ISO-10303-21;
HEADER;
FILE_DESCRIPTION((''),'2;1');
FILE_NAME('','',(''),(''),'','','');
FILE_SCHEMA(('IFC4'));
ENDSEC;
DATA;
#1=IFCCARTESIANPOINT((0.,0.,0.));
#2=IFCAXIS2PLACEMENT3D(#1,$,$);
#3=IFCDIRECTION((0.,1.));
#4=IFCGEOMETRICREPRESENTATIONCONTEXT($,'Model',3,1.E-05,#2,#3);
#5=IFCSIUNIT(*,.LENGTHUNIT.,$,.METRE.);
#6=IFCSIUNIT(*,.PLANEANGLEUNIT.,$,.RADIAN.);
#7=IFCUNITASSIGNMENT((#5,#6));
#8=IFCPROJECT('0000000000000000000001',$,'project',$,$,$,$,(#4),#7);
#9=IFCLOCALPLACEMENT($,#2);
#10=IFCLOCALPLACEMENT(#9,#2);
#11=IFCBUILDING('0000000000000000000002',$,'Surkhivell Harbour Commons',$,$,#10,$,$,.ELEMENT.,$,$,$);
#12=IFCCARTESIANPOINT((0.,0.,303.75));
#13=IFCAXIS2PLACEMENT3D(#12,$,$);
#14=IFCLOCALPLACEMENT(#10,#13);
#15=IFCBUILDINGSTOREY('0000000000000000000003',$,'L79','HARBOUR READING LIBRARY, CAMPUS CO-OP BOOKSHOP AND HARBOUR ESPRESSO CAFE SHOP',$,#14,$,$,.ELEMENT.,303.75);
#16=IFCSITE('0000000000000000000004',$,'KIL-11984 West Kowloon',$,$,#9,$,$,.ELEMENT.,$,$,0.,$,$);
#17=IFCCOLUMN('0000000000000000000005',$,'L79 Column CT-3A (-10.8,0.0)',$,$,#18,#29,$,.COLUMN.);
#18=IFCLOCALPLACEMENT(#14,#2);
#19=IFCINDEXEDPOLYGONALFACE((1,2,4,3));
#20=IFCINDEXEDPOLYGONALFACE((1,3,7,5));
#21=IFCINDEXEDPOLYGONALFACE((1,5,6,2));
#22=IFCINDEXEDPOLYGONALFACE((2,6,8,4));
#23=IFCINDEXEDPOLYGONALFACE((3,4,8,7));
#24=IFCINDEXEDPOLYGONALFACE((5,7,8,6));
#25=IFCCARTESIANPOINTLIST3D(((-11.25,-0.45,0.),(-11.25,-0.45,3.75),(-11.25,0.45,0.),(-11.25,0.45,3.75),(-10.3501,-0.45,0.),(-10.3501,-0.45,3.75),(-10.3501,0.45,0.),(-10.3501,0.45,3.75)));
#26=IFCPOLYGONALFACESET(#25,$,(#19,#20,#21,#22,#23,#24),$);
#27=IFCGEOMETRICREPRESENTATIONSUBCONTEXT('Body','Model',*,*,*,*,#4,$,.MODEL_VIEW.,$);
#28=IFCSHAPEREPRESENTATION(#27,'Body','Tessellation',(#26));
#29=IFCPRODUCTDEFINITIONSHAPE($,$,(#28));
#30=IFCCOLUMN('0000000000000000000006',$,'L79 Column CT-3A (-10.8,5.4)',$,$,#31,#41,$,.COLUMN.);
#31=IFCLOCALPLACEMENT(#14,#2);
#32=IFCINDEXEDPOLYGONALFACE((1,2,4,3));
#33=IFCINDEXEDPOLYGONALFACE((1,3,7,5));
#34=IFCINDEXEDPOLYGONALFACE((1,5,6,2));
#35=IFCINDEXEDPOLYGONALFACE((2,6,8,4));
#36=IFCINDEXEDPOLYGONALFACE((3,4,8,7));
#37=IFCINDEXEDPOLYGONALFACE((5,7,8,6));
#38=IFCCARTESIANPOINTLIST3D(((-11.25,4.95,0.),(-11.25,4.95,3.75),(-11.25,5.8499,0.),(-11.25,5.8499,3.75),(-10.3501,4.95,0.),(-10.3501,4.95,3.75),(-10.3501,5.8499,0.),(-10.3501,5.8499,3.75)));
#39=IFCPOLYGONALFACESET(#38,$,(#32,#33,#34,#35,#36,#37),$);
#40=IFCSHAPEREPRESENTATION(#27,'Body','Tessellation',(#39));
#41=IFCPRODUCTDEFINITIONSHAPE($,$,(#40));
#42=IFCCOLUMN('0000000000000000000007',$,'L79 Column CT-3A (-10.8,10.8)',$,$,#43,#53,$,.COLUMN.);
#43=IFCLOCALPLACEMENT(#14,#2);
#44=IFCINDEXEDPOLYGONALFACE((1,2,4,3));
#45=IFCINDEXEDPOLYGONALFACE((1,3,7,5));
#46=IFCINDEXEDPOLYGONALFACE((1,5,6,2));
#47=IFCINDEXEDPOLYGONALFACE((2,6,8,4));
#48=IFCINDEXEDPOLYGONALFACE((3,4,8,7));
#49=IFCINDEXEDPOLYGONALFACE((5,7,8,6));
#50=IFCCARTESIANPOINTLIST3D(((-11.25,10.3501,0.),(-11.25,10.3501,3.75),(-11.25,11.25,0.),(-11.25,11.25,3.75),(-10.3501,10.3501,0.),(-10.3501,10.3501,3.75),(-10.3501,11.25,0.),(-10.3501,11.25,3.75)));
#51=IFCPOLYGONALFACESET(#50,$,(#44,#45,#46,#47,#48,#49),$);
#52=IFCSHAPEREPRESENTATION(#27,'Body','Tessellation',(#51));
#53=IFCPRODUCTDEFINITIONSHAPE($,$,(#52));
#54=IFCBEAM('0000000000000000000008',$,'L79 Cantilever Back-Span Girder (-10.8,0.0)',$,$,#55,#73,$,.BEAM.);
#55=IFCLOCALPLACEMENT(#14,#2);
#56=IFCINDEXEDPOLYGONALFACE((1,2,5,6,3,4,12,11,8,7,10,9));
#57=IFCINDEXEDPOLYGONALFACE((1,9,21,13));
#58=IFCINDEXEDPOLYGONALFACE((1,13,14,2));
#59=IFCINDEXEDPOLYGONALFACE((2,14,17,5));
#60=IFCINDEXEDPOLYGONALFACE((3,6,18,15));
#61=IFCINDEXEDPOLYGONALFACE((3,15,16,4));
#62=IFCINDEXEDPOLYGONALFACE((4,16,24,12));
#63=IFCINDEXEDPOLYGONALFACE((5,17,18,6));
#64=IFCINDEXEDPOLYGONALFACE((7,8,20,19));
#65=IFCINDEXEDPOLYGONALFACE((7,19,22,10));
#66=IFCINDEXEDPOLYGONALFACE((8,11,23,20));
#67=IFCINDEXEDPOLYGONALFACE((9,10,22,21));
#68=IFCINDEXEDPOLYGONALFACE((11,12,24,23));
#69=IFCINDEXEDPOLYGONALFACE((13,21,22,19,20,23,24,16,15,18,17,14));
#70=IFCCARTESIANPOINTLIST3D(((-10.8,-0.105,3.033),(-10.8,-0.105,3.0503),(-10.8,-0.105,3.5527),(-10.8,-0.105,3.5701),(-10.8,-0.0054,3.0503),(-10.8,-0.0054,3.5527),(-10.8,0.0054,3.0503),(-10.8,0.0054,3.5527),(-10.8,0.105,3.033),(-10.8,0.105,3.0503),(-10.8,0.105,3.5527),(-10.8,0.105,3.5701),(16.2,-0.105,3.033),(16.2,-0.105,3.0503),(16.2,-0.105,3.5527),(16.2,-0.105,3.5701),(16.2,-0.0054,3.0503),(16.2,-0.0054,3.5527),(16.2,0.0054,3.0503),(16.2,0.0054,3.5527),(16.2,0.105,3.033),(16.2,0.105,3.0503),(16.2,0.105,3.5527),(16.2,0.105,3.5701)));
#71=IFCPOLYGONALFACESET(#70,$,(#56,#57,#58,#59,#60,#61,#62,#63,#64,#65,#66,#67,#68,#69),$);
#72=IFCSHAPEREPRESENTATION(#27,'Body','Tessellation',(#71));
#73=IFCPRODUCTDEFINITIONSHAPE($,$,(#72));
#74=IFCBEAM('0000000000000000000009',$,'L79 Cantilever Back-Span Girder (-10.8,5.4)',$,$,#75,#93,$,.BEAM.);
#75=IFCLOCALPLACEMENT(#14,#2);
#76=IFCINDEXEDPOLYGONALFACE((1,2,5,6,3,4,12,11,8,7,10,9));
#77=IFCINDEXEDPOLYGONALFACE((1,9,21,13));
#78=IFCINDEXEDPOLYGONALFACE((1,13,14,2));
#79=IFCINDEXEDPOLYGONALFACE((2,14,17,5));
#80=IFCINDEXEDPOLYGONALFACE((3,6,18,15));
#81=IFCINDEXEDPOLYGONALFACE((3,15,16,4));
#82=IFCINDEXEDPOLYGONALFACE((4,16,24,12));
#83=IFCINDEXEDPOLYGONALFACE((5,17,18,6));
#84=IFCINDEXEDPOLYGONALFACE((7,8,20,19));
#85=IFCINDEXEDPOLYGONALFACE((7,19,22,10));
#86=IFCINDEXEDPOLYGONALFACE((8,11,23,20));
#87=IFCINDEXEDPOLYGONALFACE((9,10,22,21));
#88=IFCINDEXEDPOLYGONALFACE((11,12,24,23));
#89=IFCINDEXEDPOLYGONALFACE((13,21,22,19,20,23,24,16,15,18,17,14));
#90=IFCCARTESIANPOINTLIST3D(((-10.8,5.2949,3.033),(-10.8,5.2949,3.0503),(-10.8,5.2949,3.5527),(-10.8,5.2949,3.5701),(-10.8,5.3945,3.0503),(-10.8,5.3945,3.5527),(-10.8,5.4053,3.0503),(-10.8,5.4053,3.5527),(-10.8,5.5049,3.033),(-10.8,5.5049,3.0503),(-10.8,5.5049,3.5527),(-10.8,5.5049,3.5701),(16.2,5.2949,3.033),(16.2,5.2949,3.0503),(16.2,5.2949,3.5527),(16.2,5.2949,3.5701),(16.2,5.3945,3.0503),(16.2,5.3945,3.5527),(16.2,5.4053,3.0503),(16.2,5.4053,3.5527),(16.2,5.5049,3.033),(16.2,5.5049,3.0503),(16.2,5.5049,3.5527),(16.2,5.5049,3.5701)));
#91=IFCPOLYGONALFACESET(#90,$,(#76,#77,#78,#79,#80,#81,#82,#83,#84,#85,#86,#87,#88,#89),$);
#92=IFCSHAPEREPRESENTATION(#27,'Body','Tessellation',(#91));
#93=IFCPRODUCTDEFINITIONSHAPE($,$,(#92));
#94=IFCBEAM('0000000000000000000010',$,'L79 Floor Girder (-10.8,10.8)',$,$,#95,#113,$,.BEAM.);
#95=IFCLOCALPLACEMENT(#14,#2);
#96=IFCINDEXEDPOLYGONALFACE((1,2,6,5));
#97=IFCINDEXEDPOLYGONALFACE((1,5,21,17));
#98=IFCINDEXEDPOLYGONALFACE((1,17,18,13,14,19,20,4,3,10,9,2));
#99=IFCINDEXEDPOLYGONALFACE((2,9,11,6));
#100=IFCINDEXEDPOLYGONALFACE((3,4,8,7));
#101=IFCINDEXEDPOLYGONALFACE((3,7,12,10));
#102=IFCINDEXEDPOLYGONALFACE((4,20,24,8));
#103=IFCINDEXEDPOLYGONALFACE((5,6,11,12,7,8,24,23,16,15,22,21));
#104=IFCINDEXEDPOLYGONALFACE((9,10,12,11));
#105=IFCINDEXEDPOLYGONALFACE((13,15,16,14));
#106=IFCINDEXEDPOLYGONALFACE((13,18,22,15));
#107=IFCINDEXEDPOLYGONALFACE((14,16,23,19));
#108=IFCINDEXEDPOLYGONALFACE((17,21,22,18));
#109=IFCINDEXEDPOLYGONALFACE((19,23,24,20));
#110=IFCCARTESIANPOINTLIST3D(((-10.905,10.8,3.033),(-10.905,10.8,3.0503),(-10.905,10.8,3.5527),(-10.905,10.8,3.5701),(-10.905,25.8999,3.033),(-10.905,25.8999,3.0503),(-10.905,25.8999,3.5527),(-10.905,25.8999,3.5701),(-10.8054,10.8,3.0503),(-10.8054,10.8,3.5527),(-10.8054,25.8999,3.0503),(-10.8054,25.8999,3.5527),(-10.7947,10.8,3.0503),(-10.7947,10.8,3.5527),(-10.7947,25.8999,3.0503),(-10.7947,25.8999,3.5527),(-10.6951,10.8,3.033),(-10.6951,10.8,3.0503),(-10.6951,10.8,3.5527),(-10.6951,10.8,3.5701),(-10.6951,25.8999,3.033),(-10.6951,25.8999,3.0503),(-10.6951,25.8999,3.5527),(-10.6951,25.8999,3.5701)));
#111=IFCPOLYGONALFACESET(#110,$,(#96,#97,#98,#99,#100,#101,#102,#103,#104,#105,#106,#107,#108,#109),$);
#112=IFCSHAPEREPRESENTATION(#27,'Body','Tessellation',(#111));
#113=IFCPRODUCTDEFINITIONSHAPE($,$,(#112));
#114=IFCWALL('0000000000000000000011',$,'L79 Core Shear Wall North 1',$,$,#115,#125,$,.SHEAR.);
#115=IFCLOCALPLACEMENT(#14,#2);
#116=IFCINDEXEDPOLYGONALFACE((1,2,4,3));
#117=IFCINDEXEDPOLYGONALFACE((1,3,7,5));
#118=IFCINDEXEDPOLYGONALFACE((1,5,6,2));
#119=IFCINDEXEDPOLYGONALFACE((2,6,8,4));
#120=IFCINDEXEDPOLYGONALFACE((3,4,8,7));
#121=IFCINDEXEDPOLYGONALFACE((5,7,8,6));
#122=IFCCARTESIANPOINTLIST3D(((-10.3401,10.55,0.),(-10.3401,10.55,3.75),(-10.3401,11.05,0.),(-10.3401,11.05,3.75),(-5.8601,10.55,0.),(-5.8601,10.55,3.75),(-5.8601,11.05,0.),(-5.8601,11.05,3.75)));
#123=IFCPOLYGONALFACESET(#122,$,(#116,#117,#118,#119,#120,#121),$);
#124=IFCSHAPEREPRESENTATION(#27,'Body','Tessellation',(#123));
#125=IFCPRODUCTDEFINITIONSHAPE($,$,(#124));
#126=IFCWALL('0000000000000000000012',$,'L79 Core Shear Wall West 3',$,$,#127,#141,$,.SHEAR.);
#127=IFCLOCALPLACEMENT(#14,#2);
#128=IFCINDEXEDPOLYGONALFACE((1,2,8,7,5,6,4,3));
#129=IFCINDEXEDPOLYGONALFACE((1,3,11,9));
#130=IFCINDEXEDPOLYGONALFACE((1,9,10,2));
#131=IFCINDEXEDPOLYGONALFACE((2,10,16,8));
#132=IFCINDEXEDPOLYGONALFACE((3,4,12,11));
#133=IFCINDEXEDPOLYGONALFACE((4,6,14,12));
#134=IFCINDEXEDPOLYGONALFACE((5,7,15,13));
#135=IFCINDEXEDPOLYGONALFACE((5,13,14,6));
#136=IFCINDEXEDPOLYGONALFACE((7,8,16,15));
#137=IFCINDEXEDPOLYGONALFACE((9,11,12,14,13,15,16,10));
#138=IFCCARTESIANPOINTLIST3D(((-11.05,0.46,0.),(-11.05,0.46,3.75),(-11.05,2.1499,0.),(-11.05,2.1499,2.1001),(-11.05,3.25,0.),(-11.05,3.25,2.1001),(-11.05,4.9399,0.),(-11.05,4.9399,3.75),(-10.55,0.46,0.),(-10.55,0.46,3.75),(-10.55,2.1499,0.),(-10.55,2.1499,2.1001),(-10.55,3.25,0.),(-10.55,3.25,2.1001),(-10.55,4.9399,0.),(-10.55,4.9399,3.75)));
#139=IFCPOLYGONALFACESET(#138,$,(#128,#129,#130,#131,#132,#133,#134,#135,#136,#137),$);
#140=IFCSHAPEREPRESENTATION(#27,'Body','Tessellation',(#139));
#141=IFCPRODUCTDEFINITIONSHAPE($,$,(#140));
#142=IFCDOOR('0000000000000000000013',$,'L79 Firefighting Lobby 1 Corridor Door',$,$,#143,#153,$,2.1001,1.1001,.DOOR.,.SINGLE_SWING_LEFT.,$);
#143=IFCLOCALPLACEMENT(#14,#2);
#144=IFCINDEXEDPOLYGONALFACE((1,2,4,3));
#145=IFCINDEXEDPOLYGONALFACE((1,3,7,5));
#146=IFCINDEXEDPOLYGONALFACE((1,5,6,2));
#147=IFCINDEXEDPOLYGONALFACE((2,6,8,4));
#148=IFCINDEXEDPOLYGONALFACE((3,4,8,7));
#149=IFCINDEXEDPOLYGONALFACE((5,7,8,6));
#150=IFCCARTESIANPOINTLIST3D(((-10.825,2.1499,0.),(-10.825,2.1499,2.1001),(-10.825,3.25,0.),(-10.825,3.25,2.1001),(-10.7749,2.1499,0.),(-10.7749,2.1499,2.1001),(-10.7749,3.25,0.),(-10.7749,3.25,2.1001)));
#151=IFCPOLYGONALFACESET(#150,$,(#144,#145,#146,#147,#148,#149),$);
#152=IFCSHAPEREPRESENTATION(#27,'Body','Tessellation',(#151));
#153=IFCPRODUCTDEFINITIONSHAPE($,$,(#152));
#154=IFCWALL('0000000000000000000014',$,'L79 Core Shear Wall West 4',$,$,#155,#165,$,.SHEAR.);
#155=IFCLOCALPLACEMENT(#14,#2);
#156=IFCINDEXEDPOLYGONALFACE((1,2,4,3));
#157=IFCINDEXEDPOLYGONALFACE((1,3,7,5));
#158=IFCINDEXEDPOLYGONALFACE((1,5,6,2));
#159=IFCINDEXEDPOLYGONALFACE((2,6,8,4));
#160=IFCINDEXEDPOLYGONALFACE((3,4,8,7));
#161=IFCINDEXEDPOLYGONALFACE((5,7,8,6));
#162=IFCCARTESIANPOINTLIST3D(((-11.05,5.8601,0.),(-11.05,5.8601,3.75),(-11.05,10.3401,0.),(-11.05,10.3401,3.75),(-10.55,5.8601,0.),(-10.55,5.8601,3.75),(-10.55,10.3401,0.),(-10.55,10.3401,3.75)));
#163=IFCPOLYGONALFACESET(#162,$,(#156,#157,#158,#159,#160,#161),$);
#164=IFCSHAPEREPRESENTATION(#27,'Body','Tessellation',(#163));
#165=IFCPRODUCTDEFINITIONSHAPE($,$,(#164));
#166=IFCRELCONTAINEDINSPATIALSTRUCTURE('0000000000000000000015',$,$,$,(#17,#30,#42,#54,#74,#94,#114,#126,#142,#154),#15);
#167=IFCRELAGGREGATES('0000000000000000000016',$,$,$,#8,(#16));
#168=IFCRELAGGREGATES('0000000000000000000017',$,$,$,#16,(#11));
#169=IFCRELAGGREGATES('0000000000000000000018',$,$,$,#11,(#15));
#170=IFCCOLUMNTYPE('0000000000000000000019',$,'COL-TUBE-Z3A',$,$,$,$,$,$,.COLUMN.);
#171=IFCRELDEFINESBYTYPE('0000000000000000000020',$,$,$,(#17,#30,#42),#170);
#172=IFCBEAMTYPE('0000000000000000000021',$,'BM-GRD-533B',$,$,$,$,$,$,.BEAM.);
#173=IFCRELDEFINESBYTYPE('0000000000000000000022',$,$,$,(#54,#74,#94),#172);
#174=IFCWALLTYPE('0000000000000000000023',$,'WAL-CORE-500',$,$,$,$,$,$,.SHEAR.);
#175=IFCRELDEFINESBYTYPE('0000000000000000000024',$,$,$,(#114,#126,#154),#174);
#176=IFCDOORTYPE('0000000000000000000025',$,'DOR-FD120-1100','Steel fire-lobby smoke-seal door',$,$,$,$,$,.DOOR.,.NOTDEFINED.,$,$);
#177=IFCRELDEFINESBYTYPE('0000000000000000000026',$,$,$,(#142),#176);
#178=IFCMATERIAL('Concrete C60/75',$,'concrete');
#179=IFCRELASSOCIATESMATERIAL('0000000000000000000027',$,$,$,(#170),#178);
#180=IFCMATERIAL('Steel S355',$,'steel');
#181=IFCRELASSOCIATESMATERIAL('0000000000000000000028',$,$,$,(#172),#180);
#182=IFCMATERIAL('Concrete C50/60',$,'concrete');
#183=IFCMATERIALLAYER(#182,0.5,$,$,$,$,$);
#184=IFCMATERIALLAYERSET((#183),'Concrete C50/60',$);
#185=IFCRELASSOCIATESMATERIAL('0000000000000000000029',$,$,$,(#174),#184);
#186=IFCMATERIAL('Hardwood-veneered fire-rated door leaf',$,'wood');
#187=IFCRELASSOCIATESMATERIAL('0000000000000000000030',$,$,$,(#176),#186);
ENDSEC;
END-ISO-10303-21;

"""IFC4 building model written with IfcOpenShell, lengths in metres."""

from ifc_helpers import new_model, si_unit, direction, frame, frame_2d, origin, origin_2d, place, context, subcontext, project, spatial, rectangle, i_section, extrude, material, layer, layer_set, material_profile, profile_set, type_object, element, fill, save


model = new_model("IFC4")

# Units and contexts
model_context = context("Model", 3, precision=1e-05, world=origin(), true_north=direction((0.0, 1.0)))
body_context = subcontext(model_context, "Body", "Model", "MODEL_VIEW")
ifc_project = project(units=[si_unit("LENGTHUNIT", "METRE"), si_unit("PLANEANGLEUNIT", "RADIAN")], contexts=[model_context])

# Site, building, storey
site_placement = place(None, origin())
site = spatial("IfcSite", under=ifc_project, at=site_placement, Name="KIL-11984 West Kowloon", CompositionType="ELEMENT", RefElevation=0.0)
building_placement = place(site_placement, origin())
building = spatial("IfcBuilding", under=site, at=building_placement, Name="Surkhivell Harbour Commons", CompositionType="ELEMENT")
storey_placement = place(building_placement, frame((0.0, 0.0, 303.75)))
storey = spatial("IfcBuildingStorey", under=building, at=storey_placement, Name="L79", Description="HARBOUR READING LIBRARY, CAMPUS CO-OP BOOKSHOP AND HARBOUR ESPRESSO CAFE SHOP", CompositionType="ELEMENT", Elevation=303.75)

# Columns
ifc_material_1 = material(Name="Concrete C60/75", Category="concrete")
ifc_material_profile_1 = material_profile(ifc_material_1, rectangle(XDim=0.8999, YDim=0.8999, at=origin_2d()), Name="RC-COL-900x900")
ifc_profile_set_1 = profile_set([ifc_material_profile_1], Name="Concrete C60/75")
column_type = type_object("IfcColumnType", Name="COL-TUBE-Z3A", PredefinedType="COLUMN", material=ifc_profile_set_1)
for number, where, z_axis, x_axis, name in (
    (1, (-10.8, 0.0, 0.0), (0.0, 0.0, 1.0), (1.0, 0.0, 0.0), "L79 Column CT-3A (-10.8,0.0)"),
    (2, (-10.8, 5.3999, 0.0), (0.0, 0.0, 1.0), (1.0, 0.0, 0.0), "L79 Column CT-3A (-10.8,5.4)"),
    (3, (-10.8, 10.8, 0.0), (0.0, 0.0, 1.0), (1.0, 0.0, 0.0), "L79 Column CT-3A (-10.8,10.8)"),
):
    element("IfcColumn", number, at=place(storey_placement, frame(where, z_axis=z_axis, x_axis=x_axis)), inside=storey, type_object=column_type, Name=name, PredefinedType="COLUMN", context=body_context, shape_type="SweptSolid", body=[
        extrude(rectangle(XDim=0.8999, YDim=0.8999, at=origin_2d()), origin(), (0.0, 0.0, 1.0), 3.75),
    ])

# Beams
ifc_material_2 = material(Name="Steel S355", Category="steel")
ifc_material_profile_2 = material_profile(ifc_material_2, i_section(OverallWidth=0.21, OverallDepth=0.5371, WebThickness=0.0107, FlangeThickness=0.0173, at=origin_2d()), Name="UB533x210x101")
ifc_profile_set_2 = profile_set([ifc_material_profile_2], Name="Steel S355")
beam_type = type_object("IfcBeamType", Name="BM-GRD-533B", PredefinedType="BEAM", material=ifc_profile_set_2)
for number, where, z_axis, x_axis, name in (
    (4, (-10.8, 0.0, 3.3015), (1.0, 0.0, 0.0), (0.0, 1.0, 0.0), "L79 Cantilever Back-Span Girder (-10.8,0.0)"),
    (5, (-10.8, 5.3999, 3.3015), (1.0, 0.0, 0.0), (0.0, 1.0, 0.0), "L79 Cantilever Back-Span Girder (-10.8,5.4)"),
):
    element("IfcBeam", number, at=place(storey_placement, frame(where, z_axis=z_axis, x_axis=x_axis)), inside=storey, type_object=beam_type, Name=name, PredefinedType="BEAM", context=body_context, shape_type="SweptSolid", body=[
        extrude(i_section(OverallWidth=0.21, OverallDepth=0.5371, WebThickness=0.0107, FlangeThickness=0.0173, at=origin_2d()), origin(), (0.0, 0.0, 1.0), 27.0),
    ])
beam_placement = place(storey_placement, frame((-10.8, 10.8, 3.3015), z_axis=(0.0, 1.0, 0.0), x_axis=(-1.0, 0.0, 0.0)))
element("IfcBeam", 6, at=beam_placement, inside=storey, type_object=beam_type, Name="L79 Floor Girder (-10.8,10.8)", PredefinedType="BEAM", context=body_context, shape_type="SweptSolid", body=[
    extrude(i_section(OverallWidth=0.21, OverallDepth=0.5371, WebThickness=0.0107, FlangeThickness=0.0173, at=origin_2d()), origin(), (0.0, 0.0, 1.0), 15.0999),
])

# Wall
ifc_material_3 = material(Name="Concrete C50/60", Category="concrete")
ifc_layer_1 = layer(ifc_material_3, 0.5)
ifc_layer_set_1 = layer_set([ifc_layer_1], Name="Concrete C50/60")
wall_type_1 = type_object("IfcWallType", Name="WAL-CORE-500", PredefinedType="SHEAR", material=ifc_layer_set_1)
wall_1_placement = place(storey_placement, frame((-10.3401, 10.8, 0.0), z_axis=(0.0, 0.0, 1.0), x_axis=(1.0, 0.0, 0.0)))
element("IfcWall", 7, at=wall_1_placement, inside=storey, type_object=wall_type_1, Name="L79 Core Shear Wall North 1", PredefinedType="SHEAR", context=body_context, shape_type="SweptSolid", body=[
    extrude(rectangle(XDim=4.48, YDim=0.5, at=frame_2d((2.24, 0.0))), origin(), (0.0, 0.0, 1.0), 3.75),
])

# Wall, opening, door
wall_2_placement = place(storey_placement, frame((-10.8, 0.46, 0.0), z_axis=(0.0, 0.0, 1.0), x_axis=(0.0, 1.0, 0.0)))
wall_2 = element("IfcWall", 8, at=wall_2_placement, inside=storey, type_object=wall_type_1, Name="L79 Core Shear Wall West 3", PredefinedType="SHEAR", context=body_context, shape_type="SweptSolid", body=[
    extrude(rectangle(XDim=4.48, YDim=0.5, at=frame_2d((2.24, 0.0))), origin(), (0.0, 0.0, 1.0), 3.75),
])
opening_1_placement = place(wall_2_placement, frame((1.6899, 0.0, 0.0)))
opening_1 = element("IfcOpeningElement", 9, at=opening_1_placement, cuts=wall_2, PredefinedType="OPENING", context=body_context, shape_type="SweptSolid", body=[
    extrude(rectangle(XDim=1.1001, YDim=2.1001, at=frame_2d((0.55, 1.05))), frame((0.0, 0.26, 0.0), z_axis=(0.0, -1.0, 0.0), x_axis=(1.0, 0.0, 0.0)), (0.0, 0.0, 1.0), 0.52),
])
ifc_material_4 = material(Name="Hardwood-veneered fire-rated door leaf", Category="wood")
door_type_1 = type_object("IfcDoorType", Name="DOR-FD120-1100", Description="Steel fire-lobby smoke-seal door", OperationType="NOTDEFINED", PredefinedType="DOOR", material=ifc_material_4)
door_1_placement = place(opening_1_placement, origin())
door_1 = element("IfcDoor", 10, at=door_1_placement, inside=storey, type_object=door_type_1, Name="L79 Firefighting Lobby 1 Corridor Door", OperationType="SINGLE_SWING_LEFT", OverallHeight=2.1001, OverallWidth=1.1001, PredefinedType="DOOR", context=body_context, shape_type="SweptSolid", body=[
    extrude(rectangle(XDim=1.1001, YDim=2.1001, at=frame_2d((0.55, 1.05))), frame((0.0, 0.0249, 0.0), z_axis=(0.0, -1.0, 0.0), x_axis=(1.0, 0.0, 0.0)), (0.0, 0.0, 1.0), 0.05),
])
fill(opening_1, door_1)

# Wall
wall_3_placement = place(storey_placement, frame((-10.8, 5.8601, 0.0), z_axis=(0.0, 0.0, 1.0), x_axis=(0.0, 1.0, 0.0)))
element("IfcWall", 11, at=wall_3_placement, inside=storey, type_object=wall_type_1, Name="L79 Core Shear Wall West 4", PredefinedType="SHEAR", context=body_context, shape_type="SweptSolid", body=[
    extrude(rectangle(XDim=4.48, YDim=0.5, at=frame_2d((2.24, 0.0))), origin(), (0.0, 0.0, 1.0), 3.75),
])

save(model, "model.ifc")
